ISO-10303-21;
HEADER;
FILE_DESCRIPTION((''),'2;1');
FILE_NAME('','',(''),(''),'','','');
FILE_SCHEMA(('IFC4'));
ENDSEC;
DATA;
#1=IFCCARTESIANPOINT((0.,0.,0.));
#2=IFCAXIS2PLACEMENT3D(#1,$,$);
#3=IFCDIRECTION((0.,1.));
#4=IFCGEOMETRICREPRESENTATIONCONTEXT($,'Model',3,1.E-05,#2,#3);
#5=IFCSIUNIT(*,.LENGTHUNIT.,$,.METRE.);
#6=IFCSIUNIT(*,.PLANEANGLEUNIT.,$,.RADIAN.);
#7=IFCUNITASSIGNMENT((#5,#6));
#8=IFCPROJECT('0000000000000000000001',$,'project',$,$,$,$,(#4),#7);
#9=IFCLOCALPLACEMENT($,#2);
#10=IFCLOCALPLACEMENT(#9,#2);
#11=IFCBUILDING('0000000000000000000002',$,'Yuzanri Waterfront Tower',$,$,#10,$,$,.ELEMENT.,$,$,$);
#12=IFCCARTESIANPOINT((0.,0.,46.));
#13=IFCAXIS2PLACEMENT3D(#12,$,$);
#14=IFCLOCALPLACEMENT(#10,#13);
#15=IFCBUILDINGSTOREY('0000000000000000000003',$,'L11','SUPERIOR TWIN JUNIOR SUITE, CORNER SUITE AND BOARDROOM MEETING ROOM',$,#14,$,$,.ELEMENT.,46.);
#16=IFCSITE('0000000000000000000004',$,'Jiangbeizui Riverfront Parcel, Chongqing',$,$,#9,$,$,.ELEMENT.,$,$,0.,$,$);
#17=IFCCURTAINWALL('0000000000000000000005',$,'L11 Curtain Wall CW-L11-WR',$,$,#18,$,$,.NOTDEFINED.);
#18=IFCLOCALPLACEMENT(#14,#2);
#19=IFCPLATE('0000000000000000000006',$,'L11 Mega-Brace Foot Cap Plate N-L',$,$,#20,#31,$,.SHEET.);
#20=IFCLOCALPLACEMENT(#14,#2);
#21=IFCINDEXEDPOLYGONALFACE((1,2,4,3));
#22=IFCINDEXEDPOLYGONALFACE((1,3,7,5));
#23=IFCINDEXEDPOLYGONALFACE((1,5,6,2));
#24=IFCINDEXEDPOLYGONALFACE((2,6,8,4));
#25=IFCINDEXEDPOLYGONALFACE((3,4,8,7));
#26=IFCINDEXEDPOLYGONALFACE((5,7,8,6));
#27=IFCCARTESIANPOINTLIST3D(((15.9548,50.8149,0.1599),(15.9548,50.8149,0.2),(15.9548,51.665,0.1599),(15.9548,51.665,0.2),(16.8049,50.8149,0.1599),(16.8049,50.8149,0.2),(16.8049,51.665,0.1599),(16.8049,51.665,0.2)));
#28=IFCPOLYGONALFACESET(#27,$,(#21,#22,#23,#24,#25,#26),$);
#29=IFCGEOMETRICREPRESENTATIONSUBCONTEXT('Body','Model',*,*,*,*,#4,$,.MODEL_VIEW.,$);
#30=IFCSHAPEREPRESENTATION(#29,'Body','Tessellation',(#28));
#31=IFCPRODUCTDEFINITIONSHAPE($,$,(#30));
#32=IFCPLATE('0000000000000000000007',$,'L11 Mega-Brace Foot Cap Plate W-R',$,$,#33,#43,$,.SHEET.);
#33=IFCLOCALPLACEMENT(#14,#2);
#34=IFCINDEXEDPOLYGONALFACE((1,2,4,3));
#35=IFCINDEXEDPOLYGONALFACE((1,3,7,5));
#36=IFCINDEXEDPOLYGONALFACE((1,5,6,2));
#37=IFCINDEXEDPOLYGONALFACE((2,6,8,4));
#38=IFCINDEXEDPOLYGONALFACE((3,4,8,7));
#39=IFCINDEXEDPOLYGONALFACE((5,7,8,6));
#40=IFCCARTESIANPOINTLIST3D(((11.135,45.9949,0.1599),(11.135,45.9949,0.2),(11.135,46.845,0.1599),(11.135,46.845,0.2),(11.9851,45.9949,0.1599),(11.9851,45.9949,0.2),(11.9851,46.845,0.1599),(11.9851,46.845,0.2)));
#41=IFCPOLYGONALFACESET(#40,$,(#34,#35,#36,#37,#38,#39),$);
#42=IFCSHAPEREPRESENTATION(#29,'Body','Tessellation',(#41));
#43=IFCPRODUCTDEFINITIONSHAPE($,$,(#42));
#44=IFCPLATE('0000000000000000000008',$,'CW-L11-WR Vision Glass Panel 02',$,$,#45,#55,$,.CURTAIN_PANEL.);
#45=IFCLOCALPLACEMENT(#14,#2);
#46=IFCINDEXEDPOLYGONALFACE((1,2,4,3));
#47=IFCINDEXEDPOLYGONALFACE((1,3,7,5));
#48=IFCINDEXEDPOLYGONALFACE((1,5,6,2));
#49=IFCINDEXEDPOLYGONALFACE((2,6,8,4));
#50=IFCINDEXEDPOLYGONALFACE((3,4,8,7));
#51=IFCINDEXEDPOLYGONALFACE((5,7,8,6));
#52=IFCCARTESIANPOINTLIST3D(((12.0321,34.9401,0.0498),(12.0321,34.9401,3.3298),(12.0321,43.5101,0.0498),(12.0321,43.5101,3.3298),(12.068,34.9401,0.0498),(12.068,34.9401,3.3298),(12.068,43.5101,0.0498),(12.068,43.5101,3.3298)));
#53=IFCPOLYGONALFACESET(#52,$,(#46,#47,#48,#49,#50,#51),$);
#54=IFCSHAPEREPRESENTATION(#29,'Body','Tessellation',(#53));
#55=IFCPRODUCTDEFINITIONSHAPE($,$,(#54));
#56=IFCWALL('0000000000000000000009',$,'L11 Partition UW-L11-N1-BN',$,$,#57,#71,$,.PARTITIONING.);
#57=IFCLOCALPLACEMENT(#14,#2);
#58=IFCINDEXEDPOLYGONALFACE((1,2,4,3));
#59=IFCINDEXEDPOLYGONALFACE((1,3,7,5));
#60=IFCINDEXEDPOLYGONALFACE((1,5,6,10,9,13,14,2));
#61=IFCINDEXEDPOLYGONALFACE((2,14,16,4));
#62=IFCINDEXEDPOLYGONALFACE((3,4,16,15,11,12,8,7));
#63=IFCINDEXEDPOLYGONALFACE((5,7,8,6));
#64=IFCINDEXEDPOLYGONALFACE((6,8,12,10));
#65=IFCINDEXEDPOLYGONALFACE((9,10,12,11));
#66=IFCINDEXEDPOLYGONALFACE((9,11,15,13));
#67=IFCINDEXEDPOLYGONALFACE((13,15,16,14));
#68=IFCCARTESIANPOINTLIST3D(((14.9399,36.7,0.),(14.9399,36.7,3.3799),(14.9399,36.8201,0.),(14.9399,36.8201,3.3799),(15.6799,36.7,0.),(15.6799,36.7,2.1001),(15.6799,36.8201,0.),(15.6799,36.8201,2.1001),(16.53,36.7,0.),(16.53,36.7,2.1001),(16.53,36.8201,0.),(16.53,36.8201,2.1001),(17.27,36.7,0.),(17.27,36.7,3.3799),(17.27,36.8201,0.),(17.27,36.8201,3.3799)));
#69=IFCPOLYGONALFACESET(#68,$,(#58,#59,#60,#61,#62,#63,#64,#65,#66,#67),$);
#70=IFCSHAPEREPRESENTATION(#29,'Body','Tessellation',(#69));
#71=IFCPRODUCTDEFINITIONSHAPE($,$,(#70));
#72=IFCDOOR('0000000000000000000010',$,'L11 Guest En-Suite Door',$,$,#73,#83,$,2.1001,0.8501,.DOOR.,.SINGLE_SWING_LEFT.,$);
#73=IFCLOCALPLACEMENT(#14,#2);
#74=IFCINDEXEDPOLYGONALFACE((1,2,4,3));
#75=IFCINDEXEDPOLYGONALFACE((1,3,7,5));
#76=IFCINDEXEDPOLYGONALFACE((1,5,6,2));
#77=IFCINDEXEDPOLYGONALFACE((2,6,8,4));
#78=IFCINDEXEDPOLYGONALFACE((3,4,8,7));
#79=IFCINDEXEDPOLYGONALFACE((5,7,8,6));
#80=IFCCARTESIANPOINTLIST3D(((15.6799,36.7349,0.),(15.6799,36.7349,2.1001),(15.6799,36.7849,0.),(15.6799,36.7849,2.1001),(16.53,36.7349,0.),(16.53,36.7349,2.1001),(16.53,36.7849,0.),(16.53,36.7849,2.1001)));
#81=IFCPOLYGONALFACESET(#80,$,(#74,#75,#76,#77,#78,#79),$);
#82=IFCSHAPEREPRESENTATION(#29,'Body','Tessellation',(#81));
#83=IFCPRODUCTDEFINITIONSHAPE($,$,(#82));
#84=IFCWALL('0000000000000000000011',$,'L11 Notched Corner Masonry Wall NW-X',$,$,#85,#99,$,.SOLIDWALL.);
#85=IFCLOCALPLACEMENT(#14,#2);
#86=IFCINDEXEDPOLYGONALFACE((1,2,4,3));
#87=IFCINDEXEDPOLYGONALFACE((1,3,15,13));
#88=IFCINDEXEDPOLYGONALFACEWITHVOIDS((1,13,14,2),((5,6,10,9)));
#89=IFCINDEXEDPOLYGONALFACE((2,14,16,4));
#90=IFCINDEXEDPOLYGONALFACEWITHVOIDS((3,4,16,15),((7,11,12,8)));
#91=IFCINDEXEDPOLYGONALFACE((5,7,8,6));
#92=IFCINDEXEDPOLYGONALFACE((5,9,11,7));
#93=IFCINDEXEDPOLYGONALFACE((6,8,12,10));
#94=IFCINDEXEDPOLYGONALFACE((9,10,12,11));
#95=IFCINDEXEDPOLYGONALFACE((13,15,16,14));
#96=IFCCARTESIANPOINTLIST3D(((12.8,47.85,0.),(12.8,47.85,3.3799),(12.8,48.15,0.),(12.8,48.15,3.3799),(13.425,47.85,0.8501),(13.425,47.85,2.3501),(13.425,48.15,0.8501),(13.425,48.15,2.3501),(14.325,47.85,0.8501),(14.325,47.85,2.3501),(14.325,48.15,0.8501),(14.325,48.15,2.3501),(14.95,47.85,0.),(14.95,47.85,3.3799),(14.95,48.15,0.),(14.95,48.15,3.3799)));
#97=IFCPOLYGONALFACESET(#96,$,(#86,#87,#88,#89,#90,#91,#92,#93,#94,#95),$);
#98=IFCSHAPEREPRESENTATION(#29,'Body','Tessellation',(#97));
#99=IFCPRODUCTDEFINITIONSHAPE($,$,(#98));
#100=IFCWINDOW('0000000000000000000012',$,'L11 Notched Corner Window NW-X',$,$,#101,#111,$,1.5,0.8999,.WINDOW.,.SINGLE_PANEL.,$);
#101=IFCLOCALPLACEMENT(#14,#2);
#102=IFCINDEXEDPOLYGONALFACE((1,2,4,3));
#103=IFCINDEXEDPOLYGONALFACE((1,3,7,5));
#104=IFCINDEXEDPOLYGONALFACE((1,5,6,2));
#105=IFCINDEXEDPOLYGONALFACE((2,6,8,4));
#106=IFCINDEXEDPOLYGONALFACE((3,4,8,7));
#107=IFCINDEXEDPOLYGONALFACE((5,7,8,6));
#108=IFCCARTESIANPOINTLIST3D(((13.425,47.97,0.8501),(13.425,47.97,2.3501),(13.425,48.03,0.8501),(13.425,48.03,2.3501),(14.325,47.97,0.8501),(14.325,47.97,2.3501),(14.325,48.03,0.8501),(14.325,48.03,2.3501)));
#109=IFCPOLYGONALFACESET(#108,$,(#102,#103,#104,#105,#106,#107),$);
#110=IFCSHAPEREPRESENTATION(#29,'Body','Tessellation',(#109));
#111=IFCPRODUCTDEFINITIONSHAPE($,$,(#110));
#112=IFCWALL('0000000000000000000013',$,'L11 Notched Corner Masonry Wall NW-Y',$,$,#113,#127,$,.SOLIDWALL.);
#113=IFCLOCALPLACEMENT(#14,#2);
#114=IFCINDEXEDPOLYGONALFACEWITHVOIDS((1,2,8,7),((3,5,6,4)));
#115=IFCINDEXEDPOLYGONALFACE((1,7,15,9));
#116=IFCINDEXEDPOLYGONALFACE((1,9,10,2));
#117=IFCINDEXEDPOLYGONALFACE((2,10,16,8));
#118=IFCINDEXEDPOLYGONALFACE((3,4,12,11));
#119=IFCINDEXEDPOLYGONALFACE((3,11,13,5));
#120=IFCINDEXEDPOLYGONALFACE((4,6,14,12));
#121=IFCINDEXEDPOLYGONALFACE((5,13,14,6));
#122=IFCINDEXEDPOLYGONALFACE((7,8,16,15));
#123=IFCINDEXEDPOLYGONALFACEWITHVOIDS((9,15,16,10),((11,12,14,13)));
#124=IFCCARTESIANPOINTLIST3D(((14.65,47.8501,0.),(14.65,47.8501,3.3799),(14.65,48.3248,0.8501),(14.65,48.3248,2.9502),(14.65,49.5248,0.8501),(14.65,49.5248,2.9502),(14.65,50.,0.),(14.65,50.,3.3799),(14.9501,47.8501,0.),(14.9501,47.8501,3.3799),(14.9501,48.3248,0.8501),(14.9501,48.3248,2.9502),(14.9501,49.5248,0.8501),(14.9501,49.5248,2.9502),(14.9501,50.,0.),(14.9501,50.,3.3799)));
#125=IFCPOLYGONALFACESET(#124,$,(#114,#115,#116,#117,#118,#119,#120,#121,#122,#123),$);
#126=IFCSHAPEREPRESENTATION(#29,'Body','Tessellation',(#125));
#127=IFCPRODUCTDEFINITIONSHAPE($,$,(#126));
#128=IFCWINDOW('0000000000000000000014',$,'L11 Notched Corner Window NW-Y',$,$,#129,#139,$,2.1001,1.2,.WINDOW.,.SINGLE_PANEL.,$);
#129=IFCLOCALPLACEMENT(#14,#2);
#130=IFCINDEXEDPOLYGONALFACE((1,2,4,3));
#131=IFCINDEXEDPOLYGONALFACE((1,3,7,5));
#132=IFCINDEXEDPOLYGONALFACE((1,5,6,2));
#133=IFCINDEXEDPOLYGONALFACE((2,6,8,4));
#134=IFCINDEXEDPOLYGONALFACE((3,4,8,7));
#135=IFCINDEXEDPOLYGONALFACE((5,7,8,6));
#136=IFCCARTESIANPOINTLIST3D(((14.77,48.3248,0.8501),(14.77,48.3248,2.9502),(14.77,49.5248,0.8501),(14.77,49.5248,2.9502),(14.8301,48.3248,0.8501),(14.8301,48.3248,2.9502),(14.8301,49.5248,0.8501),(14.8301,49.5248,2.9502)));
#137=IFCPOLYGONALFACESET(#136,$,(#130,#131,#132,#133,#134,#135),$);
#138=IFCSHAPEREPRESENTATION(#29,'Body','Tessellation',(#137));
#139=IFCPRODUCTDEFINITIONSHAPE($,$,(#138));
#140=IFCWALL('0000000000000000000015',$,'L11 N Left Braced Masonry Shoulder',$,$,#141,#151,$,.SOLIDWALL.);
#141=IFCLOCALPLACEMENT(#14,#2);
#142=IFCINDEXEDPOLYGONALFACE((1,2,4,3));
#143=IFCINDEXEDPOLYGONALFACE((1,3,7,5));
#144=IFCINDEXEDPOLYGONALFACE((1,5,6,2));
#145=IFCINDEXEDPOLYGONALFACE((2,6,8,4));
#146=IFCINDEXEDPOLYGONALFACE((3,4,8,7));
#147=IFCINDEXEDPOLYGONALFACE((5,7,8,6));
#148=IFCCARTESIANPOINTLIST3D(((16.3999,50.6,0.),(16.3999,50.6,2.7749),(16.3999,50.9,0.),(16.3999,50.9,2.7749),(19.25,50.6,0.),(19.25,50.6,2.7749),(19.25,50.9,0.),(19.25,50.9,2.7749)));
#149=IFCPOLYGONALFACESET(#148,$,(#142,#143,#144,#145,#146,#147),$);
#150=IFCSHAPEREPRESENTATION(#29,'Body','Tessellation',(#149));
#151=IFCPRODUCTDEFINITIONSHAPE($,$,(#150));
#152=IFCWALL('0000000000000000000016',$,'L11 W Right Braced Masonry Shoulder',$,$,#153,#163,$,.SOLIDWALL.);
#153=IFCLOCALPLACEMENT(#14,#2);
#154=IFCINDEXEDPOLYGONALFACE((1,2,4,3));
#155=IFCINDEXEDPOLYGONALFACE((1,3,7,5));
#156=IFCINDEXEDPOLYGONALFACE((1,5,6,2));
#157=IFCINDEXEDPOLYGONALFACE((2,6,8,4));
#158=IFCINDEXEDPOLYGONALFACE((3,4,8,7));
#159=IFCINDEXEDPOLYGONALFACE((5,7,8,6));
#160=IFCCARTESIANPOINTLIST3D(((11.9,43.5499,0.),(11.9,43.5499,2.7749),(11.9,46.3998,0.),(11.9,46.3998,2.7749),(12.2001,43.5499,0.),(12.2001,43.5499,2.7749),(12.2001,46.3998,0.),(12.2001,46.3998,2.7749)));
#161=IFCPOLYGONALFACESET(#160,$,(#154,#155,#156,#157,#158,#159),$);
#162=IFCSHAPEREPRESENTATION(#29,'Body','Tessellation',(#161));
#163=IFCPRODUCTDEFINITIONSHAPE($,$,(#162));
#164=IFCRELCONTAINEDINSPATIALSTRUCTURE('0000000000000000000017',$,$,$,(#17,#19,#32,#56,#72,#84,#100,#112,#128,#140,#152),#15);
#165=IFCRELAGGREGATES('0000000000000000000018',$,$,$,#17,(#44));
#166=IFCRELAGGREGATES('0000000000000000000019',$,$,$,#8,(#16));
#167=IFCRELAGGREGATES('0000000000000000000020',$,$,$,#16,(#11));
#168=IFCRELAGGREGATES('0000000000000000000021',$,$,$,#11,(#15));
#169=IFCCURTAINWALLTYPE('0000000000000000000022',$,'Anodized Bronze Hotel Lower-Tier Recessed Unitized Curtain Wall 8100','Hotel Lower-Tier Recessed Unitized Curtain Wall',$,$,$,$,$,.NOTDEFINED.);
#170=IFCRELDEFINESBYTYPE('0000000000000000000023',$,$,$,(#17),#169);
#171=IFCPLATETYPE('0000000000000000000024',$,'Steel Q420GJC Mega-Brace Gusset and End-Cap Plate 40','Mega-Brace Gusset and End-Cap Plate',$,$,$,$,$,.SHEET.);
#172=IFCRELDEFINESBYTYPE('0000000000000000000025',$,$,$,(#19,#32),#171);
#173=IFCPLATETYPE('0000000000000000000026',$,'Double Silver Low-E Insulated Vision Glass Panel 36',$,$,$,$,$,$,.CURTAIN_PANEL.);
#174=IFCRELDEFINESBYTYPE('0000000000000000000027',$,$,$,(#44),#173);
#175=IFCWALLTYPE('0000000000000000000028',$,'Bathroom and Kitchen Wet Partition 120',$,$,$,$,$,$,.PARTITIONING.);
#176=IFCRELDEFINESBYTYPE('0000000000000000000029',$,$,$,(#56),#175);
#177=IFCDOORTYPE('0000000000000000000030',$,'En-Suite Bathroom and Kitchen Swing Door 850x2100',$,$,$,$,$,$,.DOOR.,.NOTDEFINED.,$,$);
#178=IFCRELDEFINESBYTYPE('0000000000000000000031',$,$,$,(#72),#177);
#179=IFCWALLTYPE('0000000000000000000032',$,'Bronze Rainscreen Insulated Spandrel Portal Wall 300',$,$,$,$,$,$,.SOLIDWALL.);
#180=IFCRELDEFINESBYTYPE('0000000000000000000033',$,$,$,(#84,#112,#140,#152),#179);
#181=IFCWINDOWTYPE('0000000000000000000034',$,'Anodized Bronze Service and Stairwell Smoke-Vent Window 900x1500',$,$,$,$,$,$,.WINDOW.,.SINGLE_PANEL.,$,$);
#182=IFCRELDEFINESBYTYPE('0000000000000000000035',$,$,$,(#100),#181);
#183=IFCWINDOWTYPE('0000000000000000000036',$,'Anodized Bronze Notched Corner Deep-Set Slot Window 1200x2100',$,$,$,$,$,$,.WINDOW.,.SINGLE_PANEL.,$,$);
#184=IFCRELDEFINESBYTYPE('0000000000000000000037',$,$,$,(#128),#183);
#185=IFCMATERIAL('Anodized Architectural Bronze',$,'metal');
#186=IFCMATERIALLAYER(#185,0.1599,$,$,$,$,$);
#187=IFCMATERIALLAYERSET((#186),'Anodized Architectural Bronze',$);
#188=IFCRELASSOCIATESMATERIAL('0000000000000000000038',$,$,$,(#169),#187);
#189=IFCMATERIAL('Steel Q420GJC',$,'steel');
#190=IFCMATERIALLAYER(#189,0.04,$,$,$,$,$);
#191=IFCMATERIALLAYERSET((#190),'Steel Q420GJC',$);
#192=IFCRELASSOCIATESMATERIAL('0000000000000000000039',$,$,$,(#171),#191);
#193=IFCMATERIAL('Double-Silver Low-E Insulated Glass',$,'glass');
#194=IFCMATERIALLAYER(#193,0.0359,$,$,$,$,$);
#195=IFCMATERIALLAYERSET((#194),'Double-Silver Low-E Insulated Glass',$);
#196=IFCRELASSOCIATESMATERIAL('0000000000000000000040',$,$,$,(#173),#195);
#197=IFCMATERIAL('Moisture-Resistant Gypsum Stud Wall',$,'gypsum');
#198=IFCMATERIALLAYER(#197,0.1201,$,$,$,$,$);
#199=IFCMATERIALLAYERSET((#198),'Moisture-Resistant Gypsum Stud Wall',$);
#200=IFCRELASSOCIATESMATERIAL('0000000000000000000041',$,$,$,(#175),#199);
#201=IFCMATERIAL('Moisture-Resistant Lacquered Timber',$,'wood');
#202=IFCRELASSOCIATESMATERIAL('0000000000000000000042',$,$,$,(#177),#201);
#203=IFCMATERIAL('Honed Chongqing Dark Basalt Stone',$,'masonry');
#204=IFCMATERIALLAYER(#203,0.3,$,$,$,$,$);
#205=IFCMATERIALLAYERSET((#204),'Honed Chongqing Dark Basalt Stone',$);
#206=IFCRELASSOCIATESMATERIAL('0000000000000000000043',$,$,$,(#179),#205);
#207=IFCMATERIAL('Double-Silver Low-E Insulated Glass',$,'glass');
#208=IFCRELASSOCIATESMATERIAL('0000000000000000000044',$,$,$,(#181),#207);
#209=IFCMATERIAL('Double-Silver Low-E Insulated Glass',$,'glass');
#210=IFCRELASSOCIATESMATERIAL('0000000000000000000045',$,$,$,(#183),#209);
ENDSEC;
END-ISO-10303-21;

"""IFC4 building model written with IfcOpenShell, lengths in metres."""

from ifc_helpers import new_model, si_unit, direction, frame, frame_2d, origin, origin_2d, place, context, subcontext, project, spatial, rectangle, extrude, source, transform, mapped, material, layer, layer_set, type_object, element, fill, aggregate, save


model = new_model("IFC4")

# Units and contexts
model_context = context("Model", 3, precision=1e-05, world=origin(), true_north=direction((0.0, 1.0)))
body_context = subcontext(model_context, "Body", "Model", "MODEL_VIEW")
ifc_project = project(units=[si_unit("LENGTHUNIT", "METRE"), si_unit("PLANEANGLEUNIT", "RADIAN")], contexts=[model_context])

# Site, building, storey
site_placement = place(None, origin())
site = spatial("IfcSite", under=ifc_project, at=site_placement, Name="Jiangbeizui Riverfront Parcel, Chongqing", CompositionType="ELEMENT", RefElevation=0.0)
building_placement = place(site_placement, origin())
building = spatial("IfcBuilding", under=site, at=building_placement, Name="Yuzanri Waterfront Tower", CompositionType="ELEMENT")
storey_placement = place(building_placement, frame((0.0, 0.0, 46.0)))
storey = spatial("IfcBuildingStorey", under=building, at=storey_placement, Name="L11", Description="SUPERIOR TWIN JUNIOR SUITE, CORNER SUITE AND BOARDROOM MEETING ROOM", CompositionType="ELEMENT", Elevation=46.0)

# Curtain wall
ifc_material_1 = material(Name="Anodized Architectural Bronze", Category="metal")
ifc_layer_1 = layer(ifc_material_1, 0.1599)
ifc_layer_set_1 = layer_set([ifc_layer_1], Name="Anodized Architectural Bronze")
curtain_wall_type = type_object("IfcCurtainWallType", Name="Anodized Bronze Hotel Lower-Tier Recessed Unitized Curtain Wall 8100", Description="Hotel Lower-Tier Recessed Unitized Curtain Wall", PredefinedType="NOTDEFINED", material=ifc_layer_set_1)
curtain_wall_placement = place(storey_placement, origin())
curtain_wall = element("IfcCurtainWall", 1, at=curtain_wall_placement, inside=storey, type_object=curtain_wall_type, Name="L11 Curtain Wall CW-L11-WR", PredefinedType="NOTDEFINED")

# Plates
ifc_material_2 = material(Name="Steel Q420GJC", Category="steel")
ifc_layer_2 = layer(ifc_material_2, 0.04)
ifc_layer_set_2 = layer_set([ifc_layer_2], Name="Steel Q420GJC")
plate_type_1 = type_object("IfcPlateType", Name="Steel Q420GJC Mega-Brace Gusset and End-Cap Plate 40", Description="Mega-Brace Gusset and End-Cap Plate", PredefinedType="SHEET", material=ifc_layer_set_2)
shared_shape_1 = source(origin(), body_context, "Body", "SweptSolid", [
    extrude(rectangle(XDim=0.8501, YDim=0.8501, at=origin_2d()), origin(), (0.0, 0.0, 1.0), 0.04),
])
for number, where, z_axis, x_axis, name in (
    (2, (16.3799, 51.24, 0.1599), (0.0, 0.0, 1.0), (1.0, 0.0, 0.0), "L11 Mega-Brace Foot Cap Plate N-L"),
    (3, (11.5601, 46.4199, 0.1599), (0.0, 0.0, 1.0), (1.0, 0.0, 0.0), "L11 Mega-Brace Foot Cap Plate W-R"),
):
    element("IfcPlate", number, at=place(storey_placement, frame(where, z_axis=z_axis, x_axis=x_axis)), inside=storey, type_object=plate_type_1, Name=name, PredefinedType="SHEET", context=body_context, shape_type="MappedRepresentation", body=[
        mapped(shared_shape_1, transform((0.0, 0.0, 0.0), scale=1.0)),
    ])

# Plate
ifc_material_3 = material(Name="Double-Silver Low-E Insulated Glass", Category="glass")
ifc_layer_3 = layer(ifc_material_3, 0.0359)
ifc_layer_set_3 = layer_set([ifc_layer_3], Name="Double-Silver Low-E Insulated Glass")
plate_type_2 = type_object("IfcPlateType", Name="Double Silver Low-E Insulated Vision Glass Panel 36", PredefinedType="CURTAIN_PANEL", material=ifc_layer_set_3)
shared_shape_2 = source(origin(), body_context, "Body", "SweptSolid", [
    extrude(rectangle(XDim=8.5701, YDim=0.0359, at=origin_2d()), origin(), (0.0, 0.0, 1.0), 3.28),
])
plate_placement = place(storey_placement, frame((12.05, 39.2251, 0.0498), z_axis=(0.0, 0.0, 1.0), x_axis=(0.0, 1.0, 0.0)))
plate = element("IfcPlate", 4, at=plate_placement, type_object=plate_type_2, Name="CW-L11-WR Vision Glass Panel 02", PredefinedType="CURTAIN_PANEL", context=body_context, shape_type="MappedRepresentation", body=[
    mapped(shared_shape_2, transform((0.0, 0.0, 0.0), scale=1.0)),
])
aggregate(curtain_wall, [plate])

# Wall, opening, door
ifc_material_4 = material(Name="Moisture-Resistant Gypsum Stud Wall", Category="gypsum")
ifc_layer_4 = layer(ifc_material_4, 0.1201)
ifc_layer_set_4 = layer_set([ifc_layer_4], Name="Moisture-Resistant Gypsum Stud Wall")
wall_type_1 = type_object("IfcWallType", Name="Bathroom and Kitchen Wet Partition 120", PredefinedType="PARTITIONING", material=ifc_layer_set_4)
wall_1_placement = place(storey_placement, frame((14.9399, 36.76, 0.0), z_axis=(0.0, 0.0, 1.0), x_axis=(1.0, 0.0, 0.0)))
wall_1 = element("IfcWall", 5, at=wall_1_placement, inside=storey, type_object=wall_type_1, Name="L11 Partition UW-L11-N1-BN", PredefinedType="PARTITIONING", context=body_context, shape_type="SweptSolid", body=[
    extrude(rectangle(XDim=2.3301, YDim=0.1201, at=frame_2d((1.165, 0.0))), origin(), (0.0, 0.0, 1.0), 3.3799),
])
opening_1_placement = place(wall_1_placement, frame((0.74, 0.0, 0.0)))
opening_1 = element("IfcOpeningElement", 6, at=opening_1_placement, cuts=wall_1, PredefinedType="OPENING", context=body_context, shape_type="SweptSolid", body=[
    extrude(rectangle(XDim=0.8501, YDim=2.1001, at=frame_2d((0.425, 1.05))), frame((0.0, 0.075, 0.0), z_axis=(0.0, -1.0, 0.0), x_axis=(1.0, 0.0, 0.0)), (0.0, 0.0, 1.0), 0.1499),
])
ifc_material_5 = material(Name="Moisture-Resistant Lacquered Timber", Category="wood")
door_type = type_object("IfcDoorType", Name="En-Suite Bathroom and Kitchen Swing Door 850x2100", OperationType="NOTDEFINED", PredefinedType="DOOR", material=ifc_material_5)
shared_shape_3 = source(origin(), body_context, "Body", "SweptSolid", [
    extrude(rectangle(XDim=0.8501, YDim=2.1001, at=frame_2d((0.425, 1.05))), frame((0.0, 0.0249, 0.0), z_axis=(0.0, -1.0, 0.0), x_axis=(1.0, 0.0, 0.0)), (0.0, 0.0, 1.0), 0.05),
])
door_placement = place(opening_1_placement, origin())
door = element("IfcDoor", 7, at=door_placement, inside=storey, type_object=door_type, Name="L11 Guest En-Suite Door", OperationType="SINGLE_SWING_LEFT", OverallHeight=2.1001, OverallWidth=0.8501, PredefinedType="DOOR", context=body_context, shape_type="MappedRepresentation", body=[
    mapped(shared_shape_3, transform((0.0, 0.0, 0.0), scale=1.0)),
])
fill(opening_1, door)

# Walls, openings, windows
ifc_material_6 = material(Name="Honed Chongqing Dark Basalt Stone", Category="masonry")
ifc_layer_5 = layer(ifc_material_6, 0.3)
ifc_layer_set_5 = layer_set([ifc_layer_5], Name="Honed Chongqing Dark Basalt Stone")
wall_type_2 = type_object("IfcWallType", Name="Bronze Rainscreen Insulated Spandrel Portal Wall 300", PredefinedType="SOLIDWALL", material=ifc_layer_set_5)
wall_2_placement = place(storey_placement, frame((14.95, 48.0, 0.0), z_axis=(0.0, 0.0, 1.0), x_axis=(-1.0, 0.0, 0.0)))
wall_2 = element("IfcWall", 8, at=wall_2_placement, inside=storey, type_object=wall_type_2, Name="L11 Notched Corner Masonry Wall NW-X", PredefinedType="SOLIDWALL", context=body_context, shape_type="SweptSolid", body=[
    extrude(rectangle(XDim=2.1499, YDim=0.3, at=frame_2d((1.075, 0.0))), origin(), (0.0, 0.0, 1.0), 3.3799),
])
opening_2_placement = place(wall_2_placement, frame((0.625, 0.0, 0.8501)))
opening_2 = element("IfcOpeningElement", 9, at=opening_2_placement, cuts=wall_2, PredefinedType="OPENING", context=body_context, shape_type="SweptSolid", body=[
    extrude(rectangle(XDim=0.8999, YDim=1.5, at=frame_2d((0.45, 0.75))), frame((0.0, 0.165, 0.0), z_axis=(0.0, -1.0, 0.0), x_axis=(1.0, 0.0, 0.0)), (0.0, 0.0, 1.0), 0.3298),
])
ifc_material_7 = material(Name="Double-Silver Low-E Insulated Glass", Category="glass")
window_type_1 = type_object("IfcWindowType", Name="Anodized Bronze Service and Stairwell Smoke-Vent Window 900x1500", PartitioningType="SINGLE_PANEL", PredefinedType="WINDOW", material=ifc_material_7)
shared_shape_4 = source(origin(), body_context, "Body", "SweptSolid", [
    extrude(rectangle(XDim=0.8999, YDim=1.5, at=frame_2d((0.45, 0.75))), frame((0.0, 0.03, 0.0), z_axis=(0.0, -1.0, 0.0), x_axis=(1.0, 0.0, 0.0)), (0.0, 0.0, 1.0), 0.0601),
])
window_1_placement = place(opening_2_placement, origin())
window_1 = element("IfcWindow", 10, at=window_1_placement, inside=storey, type_object=window_type_1, Name="L11 Notched Corner Window NW-X", OverallHeight=1.5, OverallWidth=0.8999, PartitioningType="SINGLE_PANEL", PredefinedType="WINDOW", context=body_context, shape_type="MappedRepresentation", body=[
    mapped(shared_shape_4, transform((0.0, 0.0, 0.0), scale=1.0)),
])
fill(opening_2, window_1)
wall_3_placement = place(storey_placement, frame((14.8, 50.0, 0.0), z_axis=(0.0, 0.0, 1.0), x_axis=(0.0, -1.0, 0.0)))
wall_3 = element("IfcWall", 11, at=wall_3_placement, inside=storey, type_object=wall_type_2, Name="L11 Notched Corner Masonry Wall NW-Y", PredefinedType="SOLIDWALL", context=body_context, shape_type="SweptSolid", body=[
    extrude(rectangle(XDim=2.1499, YDim=0.3, at=frame_2d((1.075, 0.0))), origin(), (0.0, 0.0, 1.0), 3.3799),
])
opening_3_placement = place(wall_3_placement, frame((0.4751, 0.0, 0.8501)))
opening_3 = element("IfcOpeningElement", 12, at=opening_3_placement, cuts=wall_3, PredefinedType="OPENING", context=body_context, shape_type="SweptSolid", body=[
    extrude(rectangle(XDim=1.2, YDim=2.1001, at=frame_2d((0.6001, 1.05))), frame((0.0, 0.165, 0.0), z_axis=(0.0, -1.0, 0.0), x_axis=(1.0, 0.0, 0.0)), (0.0, 0.0, 1.0), 0.3298),
])
ifc_material_8 = material(Name="Double-Silver Low-E Insulated Glass", Category="glass")
window_type_2 = type_object("IfcWindowType", Name="Anodized Bronze Notched Corner Deep-Set Slot Window 1200x2100", PartitioningType="SINGLE_PANEL", PredefinedType="WINDOW", material=ifc_material_8)
shared_shape_5 = source(origin(), body_context, "Body", "SweptSolid", [
    extrude(rectangle(XDim=1.2, YDim=2.1001, at=frame_2d((0.6001, 1.05))), frame((0.0, 0.03, 0.0), z_axis=(0.0, -1.0, 0.0), x_axis=(1.0, 0.0, 0.0)), (0.0, 0.0, 1.0), 0.0601),
])
window_2_placement = place(opening_3_placement, origin())
window_2 = element("IfcWindow", 13, at=window_2_placement, inside=storey, type_object=window_type_2, Name="L11 Notched Corner Window NW-Y", OverallHeight=2.1001, OverallWidth=1.2, PartitioningType="SINGLE_PANEL", PredefinedType="WINDOW", context=body_context, shape_type="MappedRepresentation", body=[
    mapped(shared_shape_5, transform((0.0, 0.0, 0.0), scale=1.0)),
])
fill(opening_3, window_2)

# Walls
shared_shape_6 = source(origin(), body_context, "Body", "SweptSolid", [
    extrude(rectangle(XDim=2.8501, YDim=0.3, at=frame_2d((1.425, 0.0))), origin(), (0.0, 0.0, 1.0), 2.7749),
])
wall_4_placement = place(storey_placement, frame((16.3999, 50.75, 0.0), z_axis=(0.0, 0.0, 1.0), x_axis=(1.0, 0.0, 0.0)))
element("IfcWall", 14, at=wall_4_placement, inside=storey, type_object=wall_type_2, Name="L11 N Left Braced Masonry Shoulder", PredefinedType="SOLIDWALL", context=body_context, shape_type="MappedRepresentation", body=[
    mapped(shared_shape_6, transform((0.0, 0.0, 0.0), scale=1.0)),
])
shared_shape_7 = source(origin(), body_context, "Body", "SweptSolid", [
    extrude(rectangle(XDim=2.8499, YDim=0.3, at=frame_2d((1.4248, 0.0))), origin(), (0.0, 0.0, 1.0), 2.7749),
])
wall_5_placement = place(storey_placement, frame((12.05, 43.55, 0.0), z_axis=(0.0, 0.0, 1.0), x_axis=(0.0, 1.0, 0.0)))
element("IfcWall", 15, at=wall_5_placement, inside=storey, type_object=wall_type_2, Name="L11 W Right Braced Masonry Shoulder", PredefinedType="SOLIDWALL", context=body_context, shape_type="MappedRepresentation", body=[
    mapped(shared_shape_7, transform((0.0, 0.0, 0.0), scale=1.0)),
])

save(model, "model.ifc")
